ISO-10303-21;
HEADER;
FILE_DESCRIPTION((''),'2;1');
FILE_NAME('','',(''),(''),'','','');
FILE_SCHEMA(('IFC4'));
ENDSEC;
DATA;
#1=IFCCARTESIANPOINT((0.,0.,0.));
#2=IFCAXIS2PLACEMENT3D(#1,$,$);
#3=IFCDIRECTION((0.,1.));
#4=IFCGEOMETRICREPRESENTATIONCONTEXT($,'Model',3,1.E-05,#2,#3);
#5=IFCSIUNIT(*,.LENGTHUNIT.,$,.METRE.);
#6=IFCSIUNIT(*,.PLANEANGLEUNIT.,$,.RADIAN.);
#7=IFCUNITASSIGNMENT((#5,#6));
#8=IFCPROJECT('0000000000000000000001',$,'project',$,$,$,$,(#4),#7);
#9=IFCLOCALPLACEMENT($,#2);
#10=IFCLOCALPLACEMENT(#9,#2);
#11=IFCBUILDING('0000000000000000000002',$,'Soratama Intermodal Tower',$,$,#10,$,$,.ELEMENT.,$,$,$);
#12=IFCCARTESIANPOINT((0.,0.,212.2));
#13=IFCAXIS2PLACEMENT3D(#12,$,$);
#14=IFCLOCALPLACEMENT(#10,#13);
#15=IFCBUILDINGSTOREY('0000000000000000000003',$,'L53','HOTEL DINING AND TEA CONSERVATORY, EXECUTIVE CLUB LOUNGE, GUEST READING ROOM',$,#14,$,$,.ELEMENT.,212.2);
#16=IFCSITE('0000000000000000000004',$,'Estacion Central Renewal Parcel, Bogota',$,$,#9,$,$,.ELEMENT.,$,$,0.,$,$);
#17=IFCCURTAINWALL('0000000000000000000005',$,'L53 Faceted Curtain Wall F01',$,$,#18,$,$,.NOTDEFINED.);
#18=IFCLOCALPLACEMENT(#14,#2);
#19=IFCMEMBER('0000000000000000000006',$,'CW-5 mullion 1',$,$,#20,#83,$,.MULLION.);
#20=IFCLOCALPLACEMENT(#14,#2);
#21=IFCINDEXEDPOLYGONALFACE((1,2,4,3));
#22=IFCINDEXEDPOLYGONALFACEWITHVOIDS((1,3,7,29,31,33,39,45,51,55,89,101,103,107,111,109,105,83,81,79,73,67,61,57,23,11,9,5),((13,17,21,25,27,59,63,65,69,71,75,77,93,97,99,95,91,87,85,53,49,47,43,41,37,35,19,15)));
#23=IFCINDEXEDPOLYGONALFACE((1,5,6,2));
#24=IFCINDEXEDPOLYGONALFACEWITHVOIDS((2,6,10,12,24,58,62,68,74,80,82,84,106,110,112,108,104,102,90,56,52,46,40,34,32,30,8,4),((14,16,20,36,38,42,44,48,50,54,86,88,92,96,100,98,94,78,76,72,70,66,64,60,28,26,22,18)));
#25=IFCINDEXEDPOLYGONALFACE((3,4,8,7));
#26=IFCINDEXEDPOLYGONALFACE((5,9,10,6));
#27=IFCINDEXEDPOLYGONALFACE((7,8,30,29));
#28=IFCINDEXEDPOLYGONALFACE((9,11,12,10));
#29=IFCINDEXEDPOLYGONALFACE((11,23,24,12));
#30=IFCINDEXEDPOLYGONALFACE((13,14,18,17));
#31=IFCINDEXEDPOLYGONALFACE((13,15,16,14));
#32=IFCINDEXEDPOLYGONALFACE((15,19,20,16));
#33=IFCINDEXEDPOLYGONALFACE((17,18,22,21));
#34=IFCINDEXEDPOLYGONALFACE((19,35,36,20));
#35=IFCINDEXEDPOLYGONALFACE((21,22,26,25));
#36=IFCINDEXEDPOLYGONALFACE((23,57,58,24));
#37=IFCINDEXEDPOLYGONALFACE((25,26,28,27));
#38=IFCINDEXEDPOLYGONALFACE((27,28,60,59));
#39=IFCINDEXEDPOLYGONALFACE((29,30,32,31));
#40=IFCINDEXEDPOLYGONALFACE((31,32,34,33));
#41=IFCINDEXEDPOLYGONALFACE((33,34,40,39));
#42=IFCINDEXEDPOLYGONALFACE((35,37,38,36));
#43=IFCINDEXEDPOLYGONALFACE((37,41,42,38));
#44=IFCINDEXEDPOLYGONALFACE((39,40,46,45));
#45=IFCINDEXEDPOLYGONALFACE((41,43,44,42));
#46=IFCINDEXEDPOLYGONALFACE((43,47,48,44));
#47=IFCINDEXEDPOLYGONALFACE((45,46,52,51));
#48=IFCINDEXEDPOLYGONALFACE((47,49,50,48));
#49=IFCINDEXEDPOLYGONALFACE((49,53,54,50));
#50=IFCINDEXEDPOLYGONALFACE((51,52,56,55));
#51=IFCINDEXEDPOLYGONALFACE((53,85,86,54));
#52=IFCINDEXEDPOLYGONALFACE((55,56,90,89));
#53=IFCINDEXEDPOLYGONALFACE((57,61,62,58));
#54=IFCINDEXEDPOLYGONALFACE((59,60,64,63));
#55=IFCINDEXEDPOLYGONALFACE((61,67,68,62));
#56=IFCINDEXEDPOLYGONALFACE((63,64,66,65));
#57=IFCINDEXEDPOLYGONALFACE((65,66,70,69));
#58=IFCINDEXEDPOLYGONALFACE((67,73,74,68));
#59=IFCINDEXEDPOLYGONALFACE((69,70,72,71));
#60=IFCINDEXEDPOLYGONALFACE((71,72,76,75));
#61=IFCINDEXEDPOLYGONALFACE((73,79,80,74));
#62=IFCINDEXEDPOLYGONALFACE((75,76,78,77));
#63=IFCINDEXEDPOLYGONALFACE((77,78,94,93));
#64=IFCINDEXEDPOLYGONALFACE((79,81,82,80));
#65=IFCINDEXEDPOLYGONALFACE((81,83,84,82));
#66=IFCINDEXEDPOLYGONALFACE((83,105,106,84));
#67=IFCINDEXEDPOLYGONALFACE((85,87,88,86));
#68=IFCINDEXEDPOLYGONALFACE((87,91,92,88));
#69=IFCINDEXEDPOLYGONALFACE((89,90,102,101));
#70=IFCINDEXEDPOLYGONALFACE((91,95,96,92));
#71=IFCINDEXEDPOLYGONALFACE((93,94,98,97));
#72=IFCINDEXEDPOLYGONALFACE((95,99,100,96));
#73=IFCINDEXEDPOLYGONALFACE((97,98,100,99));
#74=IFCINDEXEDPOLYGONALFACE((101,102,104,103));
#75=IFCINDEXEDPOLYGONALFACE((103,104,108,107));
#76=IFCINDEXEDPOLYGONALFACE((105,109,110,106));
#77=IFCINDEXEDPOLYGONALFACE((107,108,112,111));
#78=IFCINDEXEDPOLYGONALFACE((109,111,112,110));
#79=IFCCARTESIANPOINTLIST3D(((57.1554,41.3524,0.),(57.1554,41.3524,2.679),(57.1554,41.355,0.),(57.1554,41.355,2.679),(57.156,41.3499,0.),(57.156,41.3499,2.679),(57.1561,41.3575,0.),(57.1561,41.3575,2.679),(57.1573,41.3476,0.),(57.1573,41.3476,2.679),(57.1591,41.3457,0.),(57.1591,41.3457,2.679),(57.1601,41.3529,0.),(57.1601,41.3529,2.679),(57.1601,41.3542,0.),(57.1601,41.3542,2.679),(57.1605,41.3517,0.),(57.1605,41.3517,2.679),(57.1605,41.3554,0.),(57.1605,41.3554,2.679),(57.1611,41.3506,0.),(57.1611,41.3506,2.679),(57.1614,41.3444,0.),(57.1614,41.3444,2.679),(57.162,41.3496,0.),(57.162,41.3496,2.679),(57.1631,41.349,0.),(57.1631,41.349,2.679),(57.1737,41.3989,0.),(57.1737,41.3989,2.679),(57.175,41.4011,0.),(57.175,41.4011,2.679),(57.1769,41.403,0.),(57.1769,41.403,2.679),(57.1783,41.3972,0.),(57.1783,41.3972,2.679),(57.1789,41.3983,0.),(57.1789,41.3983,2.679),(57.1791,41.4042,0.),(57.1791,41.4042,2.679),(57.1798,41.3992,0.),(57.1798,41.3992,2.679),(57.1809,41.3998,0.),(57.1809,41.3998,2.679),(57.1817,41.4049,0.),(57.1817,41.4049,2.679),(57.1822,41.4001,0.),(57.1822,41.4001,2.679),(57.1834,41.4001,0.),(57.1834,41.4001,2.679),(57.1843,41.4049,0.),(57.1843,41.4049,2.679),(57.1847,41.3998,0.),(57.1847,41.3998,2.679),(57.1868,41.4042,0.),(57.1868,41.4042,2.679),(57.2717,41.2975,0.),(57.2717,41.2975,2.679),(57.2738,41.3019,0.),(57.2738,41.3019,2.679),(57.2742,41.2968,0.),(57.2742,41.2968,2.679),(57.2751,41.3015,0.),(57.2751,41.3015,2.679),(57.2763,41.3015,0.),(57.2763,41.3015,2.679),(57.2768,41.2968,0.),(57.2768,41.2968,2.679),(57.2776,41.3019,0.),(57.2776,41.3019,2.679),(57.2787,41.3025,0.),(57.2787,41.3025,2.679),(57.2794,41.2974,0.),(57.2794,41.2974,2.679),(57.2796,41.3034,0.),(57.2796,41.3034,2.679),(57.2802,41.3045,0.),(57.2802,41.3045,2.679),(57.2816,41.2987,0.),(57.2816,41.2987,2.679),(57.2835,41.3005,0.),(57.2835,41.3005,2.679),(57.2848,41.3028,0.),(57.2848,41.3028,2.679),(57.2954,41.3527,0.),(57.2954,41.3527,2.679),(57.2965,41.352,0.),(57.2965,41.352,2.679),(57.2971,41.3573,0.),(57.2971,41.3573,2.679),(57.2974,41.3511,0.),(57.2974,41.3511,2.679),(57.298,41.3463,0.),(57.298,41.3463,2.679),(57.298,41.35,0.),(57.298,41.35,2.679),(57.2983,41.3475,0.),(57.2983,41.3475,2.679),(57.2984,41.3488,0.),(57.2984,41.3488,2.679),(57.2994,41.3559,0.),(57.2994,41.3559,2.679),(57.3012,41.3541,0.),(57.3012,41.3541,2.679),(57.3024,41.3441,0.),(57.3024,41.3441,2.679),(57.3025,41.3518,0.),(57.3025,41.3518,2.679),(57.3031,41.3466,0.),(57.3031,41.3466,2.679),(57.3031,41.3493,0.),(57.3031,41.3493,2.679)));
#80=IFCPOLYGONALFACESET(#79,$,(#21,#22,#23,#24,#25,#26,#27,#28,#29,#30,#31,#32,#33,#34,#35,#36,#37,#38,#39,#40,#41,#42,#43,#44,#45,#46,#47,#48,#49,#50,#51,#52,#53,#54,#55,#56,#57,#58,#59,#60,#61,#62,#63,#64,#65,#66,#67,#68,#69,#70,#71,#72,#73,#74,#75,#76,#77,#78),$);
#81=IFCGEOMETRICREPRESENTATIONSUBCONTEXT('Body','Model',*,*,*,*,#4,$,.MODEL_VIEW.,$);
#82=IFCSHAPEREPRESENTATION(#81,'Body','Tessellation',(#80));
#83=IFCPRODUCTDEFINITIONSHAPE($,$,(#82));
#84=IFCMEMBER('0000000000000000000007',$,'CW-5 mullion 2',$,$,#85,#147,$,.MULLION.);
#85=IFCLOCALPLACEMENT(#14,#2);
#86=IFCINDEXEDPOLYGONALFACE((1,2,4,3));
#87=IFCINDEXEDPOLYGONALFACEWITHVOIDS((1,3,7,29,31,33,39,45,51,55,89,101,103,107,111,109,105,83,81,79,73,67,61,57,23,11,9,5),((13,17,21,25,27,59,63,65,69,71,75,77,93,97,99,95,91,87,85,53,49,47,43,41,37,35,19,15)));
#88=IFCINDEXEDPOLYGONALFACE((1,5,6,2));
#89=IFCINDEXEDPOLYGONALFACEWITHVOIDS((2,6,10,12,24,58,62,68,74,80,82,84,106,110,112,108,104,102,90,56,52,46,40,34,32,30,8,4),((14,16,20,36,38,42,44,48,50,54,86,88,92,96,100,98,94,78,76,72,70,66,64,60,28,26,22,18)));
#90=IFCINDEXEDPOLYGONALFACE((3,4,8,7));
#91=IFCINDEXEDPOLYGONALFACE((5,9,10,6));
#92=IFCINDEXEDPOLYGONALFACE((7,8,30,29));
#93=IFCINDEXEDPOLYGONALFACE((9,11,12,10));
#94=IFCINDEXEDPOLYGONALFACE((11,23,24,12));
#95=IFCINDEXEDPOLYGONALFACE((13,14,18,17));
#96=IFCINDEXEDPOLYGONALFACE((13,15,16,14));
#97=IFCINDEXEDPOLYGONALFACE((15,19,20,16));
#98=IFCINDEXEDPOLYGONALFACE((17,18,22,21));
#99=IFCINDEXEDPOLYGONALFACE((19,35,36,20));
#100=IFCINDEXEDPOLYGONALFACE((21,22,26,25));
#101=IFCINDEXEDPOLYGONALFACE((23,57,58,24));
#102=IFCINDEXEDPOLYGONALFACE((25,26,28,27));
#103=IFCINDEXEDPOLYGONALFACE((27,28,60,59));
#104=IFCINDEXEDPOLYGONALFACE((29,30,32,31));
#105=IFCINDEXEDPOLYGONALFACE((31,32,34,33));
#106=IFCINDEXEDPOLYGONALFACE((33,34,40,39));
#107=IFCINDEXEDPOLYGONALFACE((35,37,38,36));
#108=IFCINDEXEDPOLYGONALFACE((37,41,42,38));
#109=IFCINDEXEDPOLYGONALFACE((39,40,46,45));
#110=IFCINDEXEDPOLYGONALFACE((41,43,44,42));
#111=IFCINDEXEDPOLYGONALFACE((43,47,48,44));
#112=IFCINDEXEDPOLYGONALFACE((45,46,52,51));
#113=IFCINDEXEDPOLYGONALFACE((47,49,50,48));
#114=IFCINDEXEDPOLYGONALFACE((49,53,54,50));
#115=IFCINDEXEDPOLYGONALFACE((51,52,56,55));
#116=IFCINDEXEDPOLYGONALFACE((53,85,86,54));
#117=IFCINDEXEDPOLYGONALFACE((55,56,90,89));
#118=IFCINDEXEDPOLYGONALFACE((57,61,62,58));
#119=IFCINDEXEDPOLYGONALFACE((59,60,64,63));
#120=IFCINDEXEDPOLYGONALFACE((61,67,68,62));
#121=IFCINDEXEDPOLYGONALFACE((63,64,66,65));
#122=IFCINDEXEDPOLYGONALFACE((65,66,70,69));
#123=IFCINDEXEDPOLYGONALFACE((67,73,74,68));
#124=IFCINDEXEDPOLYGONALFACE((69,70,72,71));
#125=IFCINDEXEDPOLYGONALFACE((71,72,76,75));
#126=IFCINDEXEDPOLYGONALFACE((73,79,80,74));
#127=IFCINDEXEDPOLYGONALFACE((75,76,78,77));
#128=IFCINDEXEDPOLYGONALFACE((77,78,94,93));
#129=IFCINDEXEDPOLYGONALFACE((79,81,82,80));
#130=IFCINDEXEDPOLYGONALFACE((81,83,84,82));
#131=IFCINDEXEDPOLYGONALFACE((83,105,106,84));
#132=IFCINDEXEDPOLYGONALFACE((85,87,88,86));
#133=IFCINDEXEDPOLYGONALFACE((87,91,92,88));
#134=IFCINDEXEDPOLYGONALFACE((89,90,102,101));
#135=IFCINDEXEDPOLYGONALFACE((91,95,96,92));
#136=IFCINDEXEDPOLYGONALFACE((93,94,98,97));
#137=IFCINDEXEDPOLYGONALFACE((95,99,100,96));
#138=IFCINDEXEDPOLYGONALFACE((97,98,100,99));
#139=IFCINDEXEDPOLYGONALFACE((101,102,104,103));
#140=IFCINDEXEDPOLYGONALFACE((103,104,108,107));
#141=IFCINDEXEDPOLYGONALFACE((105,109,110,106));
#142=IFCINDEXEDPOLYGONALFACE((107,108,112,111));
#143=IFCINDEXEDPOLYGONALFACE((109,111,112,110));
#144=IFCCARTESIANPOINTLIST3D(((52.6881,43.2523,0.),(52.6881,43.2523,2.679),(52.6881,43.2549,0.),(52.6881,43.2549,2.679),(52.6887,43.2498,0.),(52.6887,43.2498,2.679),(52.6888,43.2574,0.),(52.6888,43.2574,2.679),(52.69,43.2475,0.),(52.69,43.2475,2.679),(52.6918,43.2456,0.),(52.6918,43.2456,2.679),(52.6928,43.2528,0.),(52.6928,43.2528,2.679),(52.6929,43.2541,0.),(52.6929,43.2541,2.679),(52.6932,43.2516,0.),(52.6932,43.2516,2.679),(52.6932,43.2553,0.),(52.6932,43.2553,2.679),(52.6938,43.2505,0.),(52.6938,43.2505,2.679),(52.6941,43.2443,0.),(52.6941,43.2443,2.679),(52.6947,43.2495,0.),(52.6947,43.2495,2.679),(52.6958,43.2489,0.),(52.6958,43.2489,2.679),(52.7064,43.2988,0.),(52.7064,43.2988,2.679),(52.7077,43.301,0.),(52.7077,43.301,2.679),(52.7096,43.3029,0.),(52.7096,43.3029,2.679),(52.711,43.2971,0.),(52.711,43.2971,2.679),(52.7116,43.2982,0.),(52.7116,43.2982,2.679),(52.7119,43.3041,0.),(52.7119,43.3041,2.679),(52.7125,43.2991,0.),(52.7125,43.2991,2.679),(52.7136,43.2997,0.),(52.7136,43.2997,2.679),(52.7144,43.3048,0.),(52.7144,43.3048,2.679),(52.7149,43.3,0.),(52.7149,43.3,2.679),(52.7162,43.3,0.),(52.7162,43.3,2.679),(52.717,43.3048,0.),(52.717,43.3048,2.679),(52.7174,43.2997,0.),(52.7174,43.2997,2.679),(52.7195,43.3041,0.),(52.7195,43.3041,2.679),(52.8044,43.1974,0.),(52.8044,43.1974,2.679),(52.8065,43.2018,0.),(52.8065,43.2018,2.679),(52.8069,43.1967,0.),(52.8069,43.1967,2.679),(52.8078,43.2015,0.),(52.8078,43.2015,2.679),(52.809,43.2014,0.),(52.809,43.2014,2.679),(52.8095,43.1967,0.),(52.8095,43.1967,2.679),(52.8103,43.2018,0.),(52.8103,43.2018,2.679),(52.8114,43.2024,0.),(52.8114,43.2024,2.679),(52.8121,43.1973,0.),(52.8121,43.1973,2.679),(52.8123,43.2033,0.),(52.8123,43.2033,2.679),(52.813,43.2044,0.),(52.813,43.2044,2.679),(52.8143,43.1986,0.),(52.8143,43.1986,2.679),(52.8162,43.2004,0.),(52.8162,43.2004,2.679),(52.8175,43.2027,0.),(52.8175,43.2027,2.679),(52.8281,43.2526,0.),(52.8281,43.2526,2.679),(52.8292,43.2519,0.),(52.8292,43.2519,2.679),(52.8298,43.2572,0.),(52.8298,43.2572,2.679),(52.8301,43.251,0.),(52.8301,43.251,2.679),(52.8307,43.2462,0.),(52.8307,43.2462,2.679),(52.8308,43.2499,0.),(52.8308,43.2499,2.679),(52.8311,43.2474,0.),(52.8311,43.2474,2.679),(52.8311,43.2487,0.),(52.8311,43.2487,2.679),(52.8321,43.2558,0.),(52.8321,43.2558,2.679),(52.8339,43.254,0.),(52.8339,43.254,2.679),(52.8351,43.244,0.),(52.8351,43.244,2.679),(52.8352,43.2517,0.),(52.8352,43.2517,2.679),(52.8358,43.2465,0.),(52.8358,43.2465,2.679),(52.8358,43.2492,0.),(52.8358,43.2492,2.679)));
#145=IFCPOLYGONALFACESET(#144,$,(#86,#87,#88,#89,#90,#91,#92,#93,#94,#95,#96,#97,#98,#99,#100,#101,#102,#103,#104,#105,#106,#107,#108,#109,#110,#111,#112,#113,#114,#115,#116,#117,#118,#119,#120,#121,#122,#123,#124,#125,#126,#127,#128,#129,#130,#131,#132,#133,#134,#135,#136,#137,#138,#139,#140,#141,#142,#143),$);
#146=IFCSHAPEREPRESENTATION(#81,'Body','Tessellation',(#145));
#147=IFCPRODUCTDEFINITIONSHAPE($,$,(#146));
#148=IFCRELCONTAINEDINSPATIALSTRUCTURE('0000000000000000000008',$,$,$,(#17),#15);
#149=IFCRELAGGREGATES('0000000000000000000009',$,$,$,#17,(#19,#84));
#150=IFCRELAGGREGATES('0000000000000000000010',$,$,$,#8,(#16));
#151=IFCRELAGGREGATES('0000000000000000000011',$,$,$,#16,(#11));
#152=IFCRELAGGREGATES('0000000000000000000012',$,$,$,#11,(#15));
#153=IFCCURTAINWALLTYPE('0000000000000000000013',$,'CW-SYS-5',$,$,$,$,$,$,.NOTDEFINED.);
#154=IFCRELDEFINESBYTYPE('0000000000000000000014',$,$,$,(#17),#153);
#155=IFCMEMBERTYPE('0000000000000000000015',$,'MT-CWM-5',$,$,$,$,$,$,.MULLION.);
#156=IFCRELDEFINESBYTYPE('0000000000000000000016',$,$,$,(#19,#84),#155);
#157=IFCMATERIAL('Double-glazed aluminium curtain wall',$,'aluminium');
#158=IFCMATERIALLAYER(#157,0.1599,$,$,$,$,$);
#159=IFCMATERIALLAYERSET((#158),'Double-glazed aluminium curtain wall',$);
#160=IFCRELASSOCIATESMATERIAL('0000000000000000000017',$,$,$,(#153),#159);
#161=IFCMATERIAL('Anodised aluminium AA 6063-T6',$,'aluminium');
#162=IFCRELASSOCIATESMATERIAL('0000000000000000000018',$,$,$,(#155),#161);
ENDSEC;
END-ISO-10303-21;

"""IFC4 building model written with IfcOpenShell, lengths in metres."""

from ifc_helpers import new_model, si_unit, direction, frame, origin, origin_2d, place, context, subcontext, project, spatial, hollow_rectangle, extrude, material, layer, layer_set, material_profile, profile_set, type_object, element, aggregate, save


model = new_model("IFC4")

# Units and contexts
model_context = context("Model", 3, precision=1e-05, world=origin(), true_north=direction((0.0, 1.0)))
body_context = subcontext(model_context, "Body", "Model", "MODEL_VIEW")
ifc_project = project(units=[si_unit("LENGTHUNIT", "METRE"), si_unit("PLANEANGLEUNIT", "RADIAN")], contexts=[model_context])

# Site, building, storey
site_placement = place(None, origin())
site = spatial("IfcSite", under=ifc_project, at=site_placement, Name="Estacion Central Renewal Parcel, Bogota", CompositionType="ELEMENT", RefElevation=0.0)
building_placement = place(site_placement, origin())
building = spatial("IfcBuilding", under=site, at=building_placement, Name="Soratama Intermodal Tower", CompositionType="ELEMENT")
storey_placement = place(building_placement, frame((0.0, 0.0, 212.2)))
storey = spatial("IfcBuildingStorey", under=building, at=storey_placement, Name="L53", Description="HOTEL DINING AND TEA CONSERVATORY, EXECUTIVE CLUB LOUNGE, GUEST READING ROOM", CompositionType="ELEMENT", Elevation=212.2)

# Curtain wall, members
ifc_material_1 = material(Name="Double-glazed aluminium curtain wall", Category="aluminium")
ifc_layer_1 = layer(ifc_material_1, 0.1599)
ifc_layer_set_1 = layer_set([ifc_layer_1], Name="Double-glazed aluminium curtain wall")
curtain_wall_type = type_object("IfcCurtainWallType", Name="CW-SYS-5", PredefinedType="NOTDEFINED", material=ifc_layer_set_1)
curtain_wall_1_placement = place(storey_placement, origin())
curtain_wall_1 = element("IfcCurtainWall", 1, at=curtain_wall_1_placement, inside=storey, type_object=curtain_wall_type, Name="L53 Faceted Curtain Wall F01", PredefinedType="NOTDEFINED")
ifc_material_2 = material(Name="Anodised aluminium AA 6063-T6", Category="aluminium")
ifc_material_profile_1 = material_profile(ifc_material_2, hollow_rectangle(XDim=0.0649, YDim=0.1399, WallThickness=0.0049, InnerFilletRadius=0.0049, OuterFilletRadius=0.01, at=origin_2d()), Name="CWM140X65X5")
ifc_profile_set_1 = profile_set([ifc_material_profile_1], Name="Anodised aluminium AA 6063-T6")
member_type_1 = type_object("IfcMemberType", Name="MT-CWM-5", PredefinedType="MULLION", material=ifc_profile_set_1)
member_1_placement = place(storey_placement, frame((57.2292, 41.3508, 0.0), z_axis=(0.0, 0.0, 1.0), x_axis=(-0.391376, -0.920231, 0.0)))
member_1 = element("IfcMember", 2, at=member_1_placement, type_object=member_type_1, Name="CW-5 mullion 1", PredefinedType="MULLION", context=body_context, shape_type="SweptSolid", body=[
    extrude(hollow_rectangle(XDim=0.0649, YDim=0.1399, WallThickness=0.0049, InnerFilletRadius=0.0049, OuterFilletRadius=0.01, at=origin_2d()), origin(), (0.0, 0.0, 1.0), 2.679),
])
member_2_placement = place(storey_placement, frame((52.762, 43.2507, 0.0), z_axis=(0.0, 0.0, 1.0), x_axis=(-0.391376, -0.920231, 0.0)))
member_2 = element("IfcMember", 3, at=member_2_placement, type_object=member_type_1, Name="CW-5 mullion 2", PredefinedType="MULLION", context=body_context, shape_type="SweptSolid", body=[
    extrude(hollow_rectangle(XDim=0.0649, YDim=0.1399, WallThickness=0.0049, InnerFilletRadius=0.0049, OuterFilletRadius=0.01, at=origin_2d()), origin(), (0.0, 0.0, 1.0), 2.679),
])

aggregate(curtain_wall_1, [member_1, member_2])

save(model, "model.ifc")
